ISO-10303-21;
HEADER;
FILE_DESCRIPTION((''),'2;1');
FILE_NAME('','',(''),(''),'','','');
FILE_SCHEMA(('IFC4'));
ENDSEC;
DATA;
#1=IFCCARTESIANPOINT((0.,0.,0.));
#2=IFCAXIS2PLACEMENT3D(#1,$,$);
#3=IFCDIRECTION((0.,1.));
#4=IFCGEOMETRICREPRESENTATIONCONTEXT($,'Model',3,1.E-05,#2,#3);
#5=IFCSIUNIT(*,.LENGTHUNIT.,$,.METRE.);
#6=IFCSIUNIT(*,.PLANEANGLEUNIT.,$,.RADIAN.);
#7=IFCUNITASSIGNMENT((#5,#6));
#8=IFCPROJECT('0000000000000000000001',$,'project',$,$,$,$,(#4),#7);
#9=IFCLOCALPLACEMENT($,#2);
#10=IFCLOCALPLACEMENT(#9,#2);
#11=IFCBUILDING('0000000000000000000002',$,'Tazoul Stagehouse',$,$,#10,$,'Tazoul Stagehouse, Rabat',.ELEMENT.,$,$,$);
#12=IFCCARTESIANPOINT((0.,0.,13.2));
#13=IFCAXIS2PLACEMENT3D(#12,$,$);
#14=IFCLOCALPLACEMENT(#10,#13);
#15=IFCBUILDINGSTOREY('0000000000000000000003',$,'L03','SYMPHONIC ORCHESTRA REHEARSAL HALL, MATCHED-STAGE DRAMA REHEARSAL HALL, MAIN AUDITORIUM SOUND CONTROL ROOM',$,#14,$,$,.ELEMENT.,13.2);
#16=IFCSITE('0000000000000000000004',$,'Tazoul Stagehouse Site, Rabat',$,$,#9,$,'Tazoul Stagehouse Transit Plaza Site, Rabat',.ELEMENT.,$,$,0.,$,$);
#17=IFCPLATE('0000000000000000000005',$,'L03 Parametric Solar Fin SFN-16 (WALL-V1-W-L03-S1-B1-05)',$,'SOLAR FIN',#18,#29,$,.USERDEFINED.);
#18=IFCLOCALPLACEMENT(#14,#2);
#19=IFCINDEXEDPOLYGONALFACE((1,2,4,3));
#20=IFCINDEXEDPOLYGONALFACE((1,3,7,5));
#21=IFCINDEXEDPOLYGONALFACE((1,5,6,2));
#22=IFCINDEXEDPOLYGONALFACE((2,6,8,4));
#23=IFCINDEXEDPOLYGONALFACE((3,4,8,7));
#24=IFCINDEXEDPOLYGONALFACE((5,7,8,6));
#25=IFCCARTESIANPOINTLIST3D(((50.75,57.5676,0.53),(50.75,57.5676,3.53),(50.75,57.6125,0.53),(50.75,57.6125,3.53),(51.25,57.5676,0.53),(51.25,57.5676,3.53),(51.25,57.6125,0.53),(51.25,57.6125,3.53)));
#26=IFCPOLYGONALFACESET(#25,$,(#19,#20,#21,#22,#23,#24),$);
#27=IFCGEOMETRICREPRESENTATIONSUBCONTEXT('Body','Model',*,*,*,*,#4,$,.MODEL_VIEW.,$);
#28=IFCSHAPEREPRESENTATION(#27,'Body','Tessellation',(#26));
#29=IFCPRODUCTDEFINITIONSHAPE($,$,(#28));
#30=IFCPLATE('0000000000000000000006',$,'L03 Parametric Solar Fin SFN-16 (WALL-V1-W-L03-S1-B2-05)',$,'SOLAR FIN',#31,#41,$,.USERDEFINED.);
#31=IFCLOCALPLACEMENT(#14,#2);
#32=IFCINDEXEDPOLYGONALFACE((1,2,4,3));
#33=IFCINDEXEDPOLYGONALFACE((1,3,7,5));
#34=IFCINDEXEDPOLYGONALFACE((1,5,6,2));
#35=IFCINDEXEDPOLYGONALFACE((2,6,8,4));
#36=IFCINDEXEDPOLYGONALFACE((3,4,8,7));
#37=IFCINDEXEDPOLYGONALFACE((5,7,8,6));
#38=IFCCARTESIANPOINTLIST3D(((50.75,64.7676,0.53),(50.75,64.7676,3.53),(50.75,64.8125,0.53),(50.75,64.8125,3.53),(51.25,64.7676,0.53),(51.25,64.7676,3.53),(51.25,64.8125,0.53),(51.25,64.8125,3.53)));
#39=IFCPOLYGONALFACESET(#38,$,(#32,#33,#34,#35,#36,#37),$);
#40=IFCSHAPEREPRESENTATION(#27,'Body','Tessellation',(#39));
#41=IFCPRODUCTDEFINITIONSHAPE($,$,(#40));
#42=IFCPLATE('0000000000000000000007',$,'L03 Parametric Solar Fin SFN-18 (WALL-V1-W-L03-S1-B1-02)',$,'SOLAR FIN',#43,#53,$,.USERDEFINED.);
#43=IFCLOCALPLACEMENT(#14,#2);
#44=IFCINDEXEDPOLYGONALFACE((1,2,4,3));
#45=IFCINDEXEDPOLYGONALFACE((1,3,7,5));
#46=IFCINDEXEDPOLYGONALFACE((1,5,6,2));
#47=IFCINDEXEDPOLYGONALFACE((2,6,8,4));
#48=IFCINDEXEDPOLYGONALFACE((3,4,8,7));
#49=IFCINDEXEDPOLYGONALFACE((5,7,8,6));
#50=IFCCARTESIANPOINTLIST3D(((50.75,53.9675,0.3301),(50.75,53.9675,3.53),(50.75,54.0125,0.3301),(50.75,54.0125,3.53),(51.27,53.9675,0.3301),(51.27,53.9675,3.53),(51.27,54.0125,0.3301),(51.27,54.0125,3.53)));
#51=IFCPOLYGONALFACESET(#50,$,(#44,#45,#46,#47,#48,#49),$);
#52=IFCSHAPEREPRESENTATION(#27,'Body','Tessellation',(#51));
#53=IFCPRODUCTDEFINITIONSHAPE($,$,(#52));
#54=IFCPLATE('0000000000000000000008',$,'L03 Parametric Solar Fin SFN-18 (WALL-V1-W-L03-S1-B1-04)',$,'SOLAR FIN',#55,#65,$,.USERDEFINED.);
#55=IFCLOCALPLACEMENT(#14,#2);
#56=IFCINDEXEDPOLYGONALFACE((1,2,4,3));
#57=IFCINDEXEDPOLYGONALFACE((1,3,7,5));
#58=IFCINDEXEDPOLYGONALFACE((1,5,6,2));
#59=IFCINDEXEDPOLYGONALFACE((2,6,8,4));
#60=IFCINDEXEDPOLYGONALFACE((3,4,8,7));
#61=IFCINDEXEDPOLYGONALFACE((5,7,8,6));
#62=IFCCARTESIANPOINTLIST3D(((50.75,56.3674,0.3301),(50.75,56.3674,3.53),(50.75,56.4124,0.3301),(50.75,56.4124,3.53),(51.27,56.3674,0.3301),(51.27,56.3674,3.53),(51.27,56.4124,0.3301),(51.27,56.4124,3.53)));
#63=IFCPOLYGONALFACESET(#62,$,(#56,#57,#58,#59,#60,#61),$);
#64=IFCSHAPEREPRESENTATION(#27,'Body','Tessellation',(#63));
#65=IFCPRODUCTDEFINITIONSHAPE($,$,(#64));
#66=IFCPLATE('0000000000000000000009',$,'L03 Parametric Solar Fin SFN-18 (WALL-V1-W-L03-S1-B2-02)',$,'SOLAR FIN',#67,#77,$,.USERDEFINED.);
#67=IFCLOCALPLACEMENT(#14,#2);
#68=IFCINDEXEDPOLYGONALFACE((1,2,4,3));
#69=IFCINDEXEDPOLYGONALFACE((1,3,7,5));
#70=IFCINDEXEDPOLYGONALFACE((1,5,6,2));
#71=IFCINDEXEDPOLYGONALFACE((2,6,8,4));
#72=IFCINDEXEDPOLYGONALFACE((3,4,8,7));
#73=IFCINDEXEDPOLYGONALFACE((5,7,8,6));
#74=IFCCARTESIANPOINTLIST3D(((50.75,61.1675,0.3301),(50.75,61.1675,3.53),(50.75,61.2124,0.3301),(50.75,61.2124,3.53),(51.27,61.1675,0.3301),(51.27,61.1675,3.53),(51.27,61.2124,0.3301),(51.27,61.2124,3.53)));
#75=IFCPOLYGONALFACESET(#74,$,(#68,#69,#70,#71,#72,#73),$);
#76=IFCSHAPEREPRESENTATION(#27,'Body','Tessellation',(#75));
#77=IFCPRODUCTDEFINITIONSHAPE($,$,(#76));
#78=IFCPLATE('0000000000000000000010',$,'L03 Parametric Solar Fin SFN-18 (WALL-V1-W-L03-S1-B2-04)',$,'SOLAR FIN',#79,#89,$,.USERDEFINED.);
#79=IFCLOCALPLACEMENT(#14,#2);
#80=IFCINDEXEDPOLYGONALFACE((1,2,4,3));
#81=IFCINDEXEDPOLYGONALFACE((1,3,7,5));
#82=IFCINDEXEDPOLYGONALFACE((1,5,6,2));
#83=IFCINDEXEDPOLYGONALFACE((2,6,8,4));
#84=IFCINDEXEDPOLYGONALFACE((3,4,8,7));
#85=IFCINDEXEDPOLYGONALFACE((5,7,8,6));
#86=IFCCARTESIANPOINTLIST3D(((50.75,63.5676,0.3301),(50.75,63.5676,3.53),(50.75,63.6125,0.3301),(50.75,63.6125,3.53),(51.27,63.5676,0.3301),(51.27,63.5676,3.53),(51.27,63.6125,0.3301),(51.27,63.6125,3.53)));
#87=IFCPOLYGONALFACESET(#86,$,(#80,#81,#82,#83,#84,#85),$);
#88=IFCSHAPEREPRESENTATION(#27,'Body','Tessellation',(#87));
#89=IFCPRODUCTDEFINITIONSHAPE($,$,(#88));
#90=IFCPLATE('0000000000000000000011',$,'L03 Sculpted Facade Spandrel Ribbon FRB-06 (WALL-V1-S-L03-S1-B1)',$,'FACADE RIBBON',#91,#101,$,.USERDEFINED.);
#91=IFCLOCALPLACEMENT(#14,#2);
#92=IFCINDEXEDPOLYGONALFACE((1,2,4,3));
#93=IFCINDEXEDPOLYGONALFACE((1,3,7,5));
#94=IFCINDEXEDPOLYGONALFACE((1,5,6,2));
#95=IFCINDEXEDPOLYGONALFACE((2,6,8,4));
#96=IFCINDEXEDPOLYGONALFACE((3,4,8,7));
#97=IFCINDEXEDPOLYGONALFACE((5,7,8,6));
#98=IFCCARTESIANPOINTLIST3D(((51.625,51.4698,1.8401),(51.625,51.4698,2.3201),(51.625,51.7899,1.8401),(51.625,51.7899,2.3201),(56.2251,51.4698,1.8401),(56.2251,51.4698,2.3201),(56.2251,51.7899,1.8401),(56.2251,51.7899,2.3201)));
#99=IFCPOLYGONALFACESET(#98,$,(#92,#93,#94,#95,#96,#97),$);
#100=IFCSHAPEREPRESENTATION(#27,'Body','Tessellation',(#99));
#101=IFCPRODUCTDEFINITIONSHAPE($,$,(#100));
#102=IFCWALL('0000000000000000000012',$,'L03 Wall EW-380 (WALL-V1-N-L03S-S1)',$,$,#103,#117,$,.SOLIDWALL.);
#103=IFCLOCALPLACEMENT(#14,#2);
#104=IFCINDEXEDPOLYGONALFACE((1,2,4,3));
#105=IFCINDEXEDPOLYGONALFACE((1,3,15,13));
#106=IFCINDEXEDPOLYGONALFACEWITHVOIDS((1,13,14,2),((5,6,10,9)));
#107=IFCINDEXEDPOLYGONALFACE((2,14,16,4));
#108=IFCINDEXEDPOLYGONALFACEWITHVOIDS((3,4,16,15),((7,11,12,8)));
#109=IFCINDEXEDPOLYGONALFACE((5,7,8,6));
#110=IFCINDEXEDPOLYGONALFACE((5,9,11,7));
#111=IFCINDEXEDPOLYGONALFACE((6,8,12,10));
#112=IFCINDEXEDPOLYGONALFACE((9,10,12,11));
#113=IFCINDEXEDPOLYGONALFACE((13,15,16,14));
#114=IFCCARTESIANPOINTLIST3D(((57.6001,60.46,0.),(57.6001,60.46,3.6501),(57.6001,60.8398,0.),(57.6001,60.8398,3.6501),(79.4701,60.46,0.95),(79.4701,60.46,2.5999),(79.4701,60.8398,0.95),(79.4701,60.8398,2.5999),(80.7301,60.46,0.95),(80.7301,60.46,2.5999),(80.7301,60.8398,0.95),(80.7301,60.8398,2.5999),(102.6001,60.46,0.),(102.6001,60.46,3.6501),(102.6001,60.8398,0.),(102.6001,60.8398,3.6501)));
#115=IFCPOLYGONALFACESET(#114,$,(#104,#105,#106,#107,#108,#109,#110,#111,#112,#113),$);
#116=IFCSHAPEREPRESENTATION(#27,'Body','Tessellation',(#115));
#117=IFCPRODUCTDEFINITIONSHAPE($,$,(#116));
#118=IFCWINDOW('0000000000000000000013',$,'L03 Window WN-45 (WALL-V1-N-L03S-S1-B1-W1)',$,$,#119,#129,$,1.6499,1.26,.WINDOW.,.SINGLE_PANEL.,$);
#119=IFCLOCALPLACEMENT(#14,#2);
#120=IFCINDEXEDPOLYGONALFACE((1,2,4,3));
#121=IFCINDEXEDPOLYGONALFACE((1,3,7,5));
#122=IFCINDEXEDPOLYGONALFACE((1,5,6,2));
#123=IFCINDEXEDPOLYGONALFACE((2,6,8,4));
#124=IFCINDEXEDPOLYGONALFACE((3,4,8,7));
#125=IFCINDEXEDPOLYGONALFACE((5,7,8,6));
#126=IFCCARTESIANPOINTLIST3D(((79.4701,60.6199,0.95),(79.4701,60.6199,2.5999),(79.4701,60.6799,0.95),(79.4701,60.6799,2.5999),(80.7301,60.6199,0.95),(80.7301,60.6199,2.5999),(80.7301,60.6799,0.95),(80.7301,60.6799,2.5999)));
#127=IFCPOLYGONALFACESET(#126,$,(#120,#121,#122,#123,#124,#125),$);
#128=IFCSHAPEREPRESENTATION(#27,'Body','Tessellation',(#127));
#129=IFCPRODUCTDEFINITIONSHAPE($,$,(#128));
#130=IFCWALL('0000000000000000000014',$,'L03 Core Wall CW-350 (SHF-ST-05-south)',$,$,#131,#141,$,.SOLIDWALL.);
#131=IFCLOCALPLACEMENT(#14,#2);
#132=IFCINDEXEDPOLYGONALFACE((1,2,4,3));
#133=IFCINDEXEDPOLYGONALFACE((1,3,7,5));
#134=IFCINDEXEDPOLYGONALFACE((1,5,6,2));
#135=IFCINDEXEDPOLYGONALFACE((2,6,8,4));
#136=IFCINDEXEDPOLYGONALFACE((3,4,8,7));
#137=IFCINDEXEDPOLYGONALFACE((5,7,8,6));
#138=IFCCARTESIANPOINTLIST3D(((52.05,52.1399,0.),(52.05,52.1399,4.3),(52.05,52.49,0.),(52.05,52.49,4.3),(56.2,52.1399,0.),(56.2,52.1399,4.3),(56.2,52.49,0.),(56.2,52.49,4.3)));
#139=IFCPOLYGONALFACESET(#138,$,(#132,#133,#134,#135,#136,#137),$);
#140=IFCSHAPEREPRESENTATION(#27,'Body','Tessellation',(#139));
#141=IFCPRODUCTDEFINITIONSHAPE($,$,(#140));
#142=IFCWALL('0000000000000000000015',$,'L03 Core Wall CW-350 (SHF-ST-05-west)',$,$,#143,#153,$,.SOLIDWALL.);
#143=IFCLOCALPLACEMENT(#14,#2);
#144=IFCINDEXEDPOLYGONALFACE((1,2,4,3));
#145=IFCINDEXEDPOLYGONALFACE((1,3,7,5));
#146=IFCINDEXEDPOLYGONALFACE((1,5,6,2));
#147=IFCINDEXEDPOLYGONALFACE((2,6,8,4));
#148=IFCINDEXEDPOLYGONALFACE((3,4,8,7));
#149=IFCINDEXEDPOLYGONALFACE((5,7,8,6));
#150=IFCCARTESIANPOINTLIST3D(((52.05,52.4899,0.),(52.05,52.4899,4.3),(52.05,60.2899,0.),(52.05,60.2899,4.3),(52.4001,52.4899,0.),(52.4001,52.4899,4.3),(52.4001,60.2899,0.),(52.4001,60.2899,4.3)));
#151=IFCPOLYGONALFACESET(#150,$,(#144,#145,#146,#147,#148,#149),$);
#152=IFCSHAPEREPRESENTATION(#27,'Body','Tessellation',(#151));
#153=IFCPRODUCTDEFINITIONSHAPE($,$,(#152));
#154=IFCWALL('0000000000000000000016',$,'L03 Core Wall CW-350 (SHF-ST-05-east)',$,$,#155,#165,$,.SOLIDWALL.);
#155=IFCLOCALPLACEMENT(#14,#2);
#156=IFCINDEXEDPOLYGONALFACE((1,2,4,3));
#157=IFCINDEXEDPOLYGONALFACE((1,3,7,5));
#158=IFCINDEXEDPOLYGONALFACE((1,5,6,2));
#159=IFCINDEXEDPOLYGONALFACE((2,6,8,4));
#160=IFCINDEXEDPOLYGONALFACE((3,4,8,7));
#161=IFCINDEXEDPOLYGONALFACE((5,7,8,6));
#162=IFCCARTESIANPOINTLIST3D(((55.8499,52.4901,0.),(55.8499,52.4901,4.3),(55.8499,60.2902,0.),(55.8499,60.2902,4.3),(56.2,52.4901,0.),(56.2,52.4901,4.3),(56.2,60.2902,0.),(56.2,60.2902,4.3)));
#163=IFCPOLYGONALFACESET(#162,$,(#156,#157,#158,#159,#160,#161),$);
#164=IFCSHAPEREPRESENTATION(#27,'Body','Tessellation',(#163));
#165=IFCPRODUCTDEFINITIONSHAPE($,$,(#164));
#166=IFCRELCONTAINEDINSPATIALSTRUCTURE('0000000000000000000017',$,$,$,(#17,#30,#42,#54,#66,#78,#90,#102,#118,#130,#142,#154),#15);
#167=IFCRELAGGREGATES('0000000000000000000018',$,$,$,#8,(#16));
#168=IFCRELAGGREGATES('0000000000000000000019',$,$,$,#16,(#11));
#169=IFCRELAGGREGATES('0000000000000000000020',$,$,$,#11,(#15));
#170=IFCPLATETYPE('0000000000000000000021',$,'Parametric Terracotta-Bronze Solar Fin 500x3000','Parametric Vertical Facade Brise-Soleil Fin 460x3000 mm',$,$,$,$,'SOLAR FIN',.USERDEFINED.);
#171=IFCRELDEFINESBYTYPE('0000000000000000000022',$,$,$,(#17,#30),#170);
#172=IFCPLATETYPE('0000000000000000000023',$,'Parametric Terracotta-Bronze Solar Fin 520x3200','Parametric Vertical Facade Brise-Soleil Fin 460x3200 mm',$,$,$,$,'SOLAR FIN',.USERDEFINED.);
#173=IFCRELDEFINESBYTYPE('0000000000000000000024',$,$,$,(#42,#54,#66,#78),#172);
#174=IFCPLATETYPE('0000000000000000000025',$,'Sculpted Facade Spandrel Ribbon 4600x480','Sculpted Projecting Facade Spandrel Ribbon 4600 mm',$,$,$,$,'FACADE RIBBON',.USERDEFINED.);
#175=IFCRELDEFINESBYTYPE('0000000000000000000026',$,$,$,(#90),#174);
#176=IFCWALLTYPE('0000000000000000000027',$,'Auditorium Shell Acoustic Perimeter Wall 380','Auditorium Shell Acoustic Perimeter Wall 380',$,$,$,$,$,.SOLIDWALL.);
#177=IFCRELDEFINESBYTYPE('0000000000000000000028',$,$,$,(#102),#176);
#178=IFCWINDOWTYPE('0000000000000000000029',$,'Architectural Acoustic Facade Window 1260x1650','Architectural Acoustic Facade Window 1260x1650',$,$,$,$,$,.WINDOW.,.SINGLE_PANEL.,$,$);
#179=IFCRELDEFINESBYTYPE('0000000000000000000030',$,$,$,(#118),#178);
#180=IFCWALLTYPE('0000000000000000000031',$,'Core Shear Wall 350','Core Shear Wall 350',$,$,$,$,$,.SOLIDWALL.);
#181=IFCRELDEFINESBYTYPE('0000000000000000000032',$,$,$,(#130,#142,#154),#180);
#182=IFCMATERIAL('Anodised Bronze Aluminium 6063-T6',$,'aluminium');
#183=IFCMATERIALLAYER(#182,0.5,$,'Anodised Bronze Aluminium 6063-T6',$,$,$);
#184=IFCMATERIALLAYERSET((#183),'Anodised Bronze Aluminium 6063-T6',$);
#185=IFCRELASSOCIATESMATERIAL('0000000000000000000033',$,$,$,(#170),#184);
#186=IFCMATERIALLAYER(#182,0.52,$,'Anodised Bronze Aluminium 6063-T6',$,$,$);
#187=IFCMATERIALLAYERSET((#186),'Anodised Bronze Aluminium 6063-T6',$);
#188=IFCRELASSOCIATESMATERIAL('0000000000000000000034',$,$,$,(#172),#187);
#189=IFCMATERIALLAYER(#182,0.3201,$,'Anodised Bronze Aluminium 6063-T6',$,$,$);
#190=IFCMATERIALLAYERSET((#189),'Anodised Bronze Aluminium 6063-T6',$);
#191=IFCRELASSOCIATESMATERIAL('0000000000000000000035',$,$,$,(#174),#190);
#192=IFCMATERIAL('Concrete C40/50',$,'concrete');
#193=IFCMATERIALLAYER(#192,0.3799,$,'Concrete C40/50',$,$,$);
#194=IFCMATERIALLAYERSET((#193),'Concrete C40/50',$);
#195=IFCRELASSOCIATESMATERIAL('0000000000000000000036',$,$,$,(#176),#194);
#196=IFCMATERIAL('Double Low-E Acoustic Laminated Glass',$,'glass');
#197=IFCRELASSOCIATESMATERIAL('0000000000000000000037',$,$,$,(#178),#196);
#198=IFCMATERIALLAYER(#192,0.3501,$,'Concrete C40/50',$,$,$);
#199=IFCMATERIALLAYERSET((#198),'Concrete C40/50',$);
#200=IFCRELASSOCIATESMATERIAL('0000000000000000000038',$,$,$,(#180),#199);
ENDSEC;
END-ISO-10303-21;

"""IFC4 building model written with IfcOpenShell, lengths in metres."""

from ifc_helpers import new_model, si_unit, direction, frame, frame_2d, origin, origin_2d, place, context, subcontext, project, spatial, rectangle, extrude, material, layer, layer_set, type_object, element, fill, save


model = new_model("IFC4")

# Units and contexts
model_context = context("Model", 3, precision=1e-05, world=origin(), true_north=direction((0.0, 1.0)))
body_context = subcontext(model_context, "Body", "Model", "MODEL_VIEW")
ifc_project = project(units=[si_unit("LENGTHUNIT", "METRE"), si_unit("PLANEANGLEUNIT", "RADIAN")], contexts=[model_context])

# Site, building, storey
site_placement = place(None, origin())
site = spatial("IfcSite", under=ifc_project, at=site_placement, Name="Tazoul Stagehouse Site, Rabat", LongName="Tazoul Stagehouse Transit Plaza Site, Rabat", CompositionType="ELEMENT", RefElevation=0.0)
building_placement = place(site_placement, origin())
building = spatial("IfcBuilding", under=site, at=building_placement, Name="Tazoul Stagehouse", LongName="Tazoul Stagehouse, Rabat", CompositionType="ELEMENT")
storey_placement = place(building_placement, frame((0.0, 0.0, 13.2)))
storey = spatial("IfcBuildingStorey", under=building, at=storey_placement, Name="L03", Description="SYMPHONIC ORCHESTRA REHEARSAL HALL, MATCHED-STAGE DRAMA REHEARSAL HALL, MAIN AUDITORIUM SOUND CONTROL ROOM", CompositionType="ELEMENT", Elevation=13.2)

# Shared definitions
ifc_material_1 = material(Name="Concrete C40/50", Category="concrete")

# Plates
ifc_material_2 = material(Name="Anodised Bronze Aluminium 6063-T6", Category="aluminium")
ifc_layer_1 = layer(ifc_material_2, 0.5, Name="Anodised Bronze Aluminium 6063-T6")
ifc_layer_set_1 = layer_set([ifc_layer_1], Name="Anodised Bronze Aluminium 6063-T6")
plate_type_1 = type_object("IfcPlateType", Name="Parametric Terracotta-Bronze Solar Fin 500x3000", Description="Parametric Vertical Facade Brise-Soleil Fin 460x3000 mm", ElementType="SOLAR FIN", PredefinedType="USERDEFINED", material=ifc_layer_set_1)
for number, where, z_axis, x_axis, name in (
    (1, (51.0, 57.5901, 0.53), (0.0, 0.0, 1.0), (0.0, 1.0, 0.0), "L03 Parametric Solar Fin SFN-16 (WALL-V1-W-L03-S1-B1-05)"),
    (2, (51.0, 64.79, 0.53), (0.0, 0.0, 1.0), (0.0, 1.0, 0.0), "L03 Parametric Solar Fin SFN-16 (WALL-V1-W-L03-S1-B2-05)"),
):
    element("IfcPlate", number, at=place(storey_placement, frame(where, z_axis=z_axis, x_axis=x_axis)), inside=storey, type_object=plate_type_1, Name=name, ObjectType="SOLAR FIN", PredefinedType="USERDEFINED", context=body_context, shape_type="SweptSolid", body=[
        extrude(rectangle(XDim=0.0449, YDim=0.5, at=origin_2d()), origin(), (0.0, 0.0, 1.0), 3.0),
    ])
ifc_layer_2 = layer(ifc_material_2, 0.52, Name="Anodised Bronze Aluminium 6063-T6")
ifc_layer_set_2 = layer_set([ifc_layer_2], Name="Anodised Bronze Aluminium 6063-T6")
plate_type_2 = type_object("IfcPlateType", Name="Parametric Terracotta-Bronze Solar Fin 520x3200", Description="Parametric Vertical Facade Brise-Soleil Fin 460x3200 mm", ElementType="SOLAR FIN", PredefinedType="USERDEFINED", material=ifc_layer_set_2)
for number, where, z_axis, x_axis, name in (
    (3, (51.01, 53.99, 0.3301), (0.0, 0.0, 1.0), (0.0, 1.0, 0.0), "L03 Parametric Solar Fin SFN-18 (WALL-V1-W-L03-S1-B1-02)"),
    (4, (51.01, 56.3899, 0.3301), (0.0, 0.0, 1.0), (0.0, 1.0, 0.0), "L03 Parametric Solar Fin SFN-18 (WALL-V1-W-L03-S1-B1-04)"),
    (5, (51.01, 61.1899, 0.3301), (0.0, 0.0, 1.0), (0.0, 1.0, 0.0), "L03 Parametric Solar Fin SFN-18 (WALL-V1-W-L03-S1-B2-02)"),
    (6, (51.01, 63.5901, 0.3301), (0.0, 0.0, 1.0), (0.0, 1.0, 0.0), "L03 Parametric Solar Fin SFN-18 (WALL-V1-W-L03-S1-B2-04)"),
):
    element("IfcPlate", number, at=place(storey_placement, frame(where, z_axis=z_axis, x_axis=x_axis)), inside=storey, type_object=plate_type_2, Name=name, ObjectType="SOLAR FIN", PredefinedType="USERDEFINED", context=body_context, shape_type="SweptSolid", body=[
        extrude(rectangle(XDim=0.0449, YDim=0.52, at=origin_2d()), origin(), (0.0, 0.0, 1.0), 3.2),
    ])
ifc_layer_3 = layer(ifc_material_2, 0.3201, Name="Anodised Bronze Aluminium 6063-T6")
ifc_layer_set_3 = layer_set([ifc_layer_3], Name="Anodised Bronze Aluminium 6063-T6")
plate_type_3 = type_object("IfcPlateType", Name="Sculpted Facade Spandrel Ribbon 4600x480", Description="Sculpted Projecting Facade Spandrel Ribbon 4600 mm", ElementType="FACADE RIBBON", PredefinedType="USERDEFINED", material=ifc_layer_set_3)
plate_placement = place(storey_placement, frame((53.925, 51.6299, 1.8401), z_axis=(0.0, 0.0, 1.0), x_axis=(1.0, 0.0, 0.0)))
element("IfcPlate", 7, at=plate_placement, inside=storey, type_object=plate_type_3, Name="L03 Sculpted Facade Spandrel Ribbon FRB-06 (WALL-V1-S-L03-S1-B1)", ObjectType="FACADE RIBBON", PredefinedType="USERDEFINED", context=body_context, shape_type="SweptSolid", body=[
    extrude(rectangle(XDim=4.6001, YDim=0.3201, at=origin_2d()), origin(), (0.0, 0.0, 1.0), 0.48),
])

# Wall, opening, window
ifc_layer_4 = layer(ifc_material_1, 0.3799, Name="Concrete C40/50")
ifc_layer_set_4 = layer_set([ifc_layer_4], Name="Concrete C40/50")
wall_type_1 = type_object("IfcWallType", Name="Auditorium Shell Acoustic Perimeter Wall 380", Description="Auditorium Shell Acoustic Perimeter Wall 380", PredefinedType="SOLIDWALL", material=ifc_layer_set_4)
wall_1_placement = place(storey_placement, frame((57.6001, 60.6499, 0.0), z_axis=(0.0, 0.0, 1.0), x_axis=(1.0, 0.0, 0.0)))
wall_1 = element("IfcWall", 8, at=wall_1_placement, inside=storey, type_object=wall_type_1, Name="L03 Wall EW-380 (WALL-V1-N-L03S-S1)", PredefinedType="SOLIDWALL", context=body_context, shape_type="SweptSolid", body=[
    extrude(rectangle(XDim=45.0, YDim=0.3799, at=frame_2d((22.5, 0.0))), origin(), (0.0, 0.0, 1.0), 3.6501),
])
opening_1_placement = place(wall_1_placement, frame((21.8701, 0.0, 0.95)))
opening_1 = element("IfcOpeningElement", 9, at=opening_1_placement, cuts=wall_1, PredefinedType="OPENING", context=body_context, shape_type="SweptSolid", body=[
    extrude(rectangle(XDim=1.26, YDim=1.6499, at=frame_2d((0.6299, 0.825))), frame((0.0, 0.21, 0.0), z_axis=(0.0, -1.0, 0.0), x_axis=(1.0, 0.0, 0.0)), (0.0, 0.0, 1.0), 0.4199),
])
ifc_material_3 = material(Name="Double Low-E Acoustic Laminated Glass", Category="glass")
window_type = type_object("IfcWindowType", Name="Architectural Acoustic Facade Window 1260x1650", Description="Architectural Acoustic Facade Window 1260x1650", PartitioningType="SINGLE_PANEL", PredefinedType="WINDOW", material=ifc_material_3)
window_placement = place(opening_1_placement, origin())
window = element("IfcWindow", 10, at=window_placement, inside=storey, type_object=window_type, Name="L03 Window WN-45 (WALL-V1-N-L03S-S1-B1-W1)", OverallHeight=1.6499, OverallWidth=1.26, PartitioningType="SINGLE_PANEL", PredefinedType="WINDOW", context=body_context, shape_type="SweptSolid", body=[
    extrude(rectangle(XDim=1.26, YDim=1.6499, at=frame_2d((0.6299, 0.825))), frame((0.0, 0.03, 0.0), z_axis=(0.0, -1.0, 0.0), x_axis=(1.0, 0.0, 0.0)), (0.0, 0.0, 1.0), 0.0601),
])
fill(opening_1, window)

# Walls
ifc_layer_5 = layer(ifc_material_1, 0.3501, Name="Concrete C40/50")
ifc_layer_set_5 = layer_set([ifc_layer_5], Name="Concrete C40/50")
wall_type_2 = type_object("IfcWallType", Name="Core Shear Wall 350", Description="Core Shear Wall 350", PredefinedType="SOLIDWALL", material=ifc_layer_set_5)
wall_2_placement = place(storey_placement, frame((56.2, 52.3149, 0.0), z_axis=(0.0, 0.0, 1.0), x_axis=(-1.0, 0.0, 0.0)))
element("IfcWall", 11, at=wall_2_placement, inside=storey, type_object=wall_type_2, Name="L03 Core Wall CW-350 (SHF-ST-05-south)", PredefinedType="SOLIDWALL", context=body_context, shape_type="SweptSolid", body=[
    extrude(rectangle(XDim=4.1499, YDim=0.3501, at=frame_2d((2.075, 0.0))), origin(), (0.0, 0.0, 1.0), 4.3),
])
wall_3_placement = place(storey_placement, frame((52.2251, 52.49, 0.0), z_axis=(0.0, 0.0, 1.0), x_axis=(0.0, 1.0, 0.0)))
element("IfcWall", 12, at=wall_3_placement, inside=storey, type_object=wall_type_2, Name="L03 Core Wall CW-350 (SHF-ST-05-west)", PredefinedType="SOLIDWALL", context=body_context, shape_type="SweptSolid", body=[
    extrude(rectangle(XDim=7.8, YDim=0.3501, at=frame_2d((3.8999, 0.0))), origin(), (0.0, 0.0, 1.0), 4.3),
])

# Wall
wall_4_placement = place(storey_placement, frame((56.0249, 60.29, 0.0), z_axis=(0.0, 0.0, 1.0), x_axis=(0.0, -1.0, 0.0)))
element("IfcWall", 13, at=wall_4_placement, inside=storey, type_object=wall_type_2, Name="L03 Core Wall CW-350 (SHF-ST-05-east)", PredefinedType="SOLIDWALL", context=body_context, shape_type="SweptSolid", body=[
    extrude(rectangle(XDim=7.8, YDim=0.3501, at=frame_2d((3.8999, 0.0))), origin(), (0.0, 0.0, 1.0), 4.3),
])

save(model, "model.ifc")
